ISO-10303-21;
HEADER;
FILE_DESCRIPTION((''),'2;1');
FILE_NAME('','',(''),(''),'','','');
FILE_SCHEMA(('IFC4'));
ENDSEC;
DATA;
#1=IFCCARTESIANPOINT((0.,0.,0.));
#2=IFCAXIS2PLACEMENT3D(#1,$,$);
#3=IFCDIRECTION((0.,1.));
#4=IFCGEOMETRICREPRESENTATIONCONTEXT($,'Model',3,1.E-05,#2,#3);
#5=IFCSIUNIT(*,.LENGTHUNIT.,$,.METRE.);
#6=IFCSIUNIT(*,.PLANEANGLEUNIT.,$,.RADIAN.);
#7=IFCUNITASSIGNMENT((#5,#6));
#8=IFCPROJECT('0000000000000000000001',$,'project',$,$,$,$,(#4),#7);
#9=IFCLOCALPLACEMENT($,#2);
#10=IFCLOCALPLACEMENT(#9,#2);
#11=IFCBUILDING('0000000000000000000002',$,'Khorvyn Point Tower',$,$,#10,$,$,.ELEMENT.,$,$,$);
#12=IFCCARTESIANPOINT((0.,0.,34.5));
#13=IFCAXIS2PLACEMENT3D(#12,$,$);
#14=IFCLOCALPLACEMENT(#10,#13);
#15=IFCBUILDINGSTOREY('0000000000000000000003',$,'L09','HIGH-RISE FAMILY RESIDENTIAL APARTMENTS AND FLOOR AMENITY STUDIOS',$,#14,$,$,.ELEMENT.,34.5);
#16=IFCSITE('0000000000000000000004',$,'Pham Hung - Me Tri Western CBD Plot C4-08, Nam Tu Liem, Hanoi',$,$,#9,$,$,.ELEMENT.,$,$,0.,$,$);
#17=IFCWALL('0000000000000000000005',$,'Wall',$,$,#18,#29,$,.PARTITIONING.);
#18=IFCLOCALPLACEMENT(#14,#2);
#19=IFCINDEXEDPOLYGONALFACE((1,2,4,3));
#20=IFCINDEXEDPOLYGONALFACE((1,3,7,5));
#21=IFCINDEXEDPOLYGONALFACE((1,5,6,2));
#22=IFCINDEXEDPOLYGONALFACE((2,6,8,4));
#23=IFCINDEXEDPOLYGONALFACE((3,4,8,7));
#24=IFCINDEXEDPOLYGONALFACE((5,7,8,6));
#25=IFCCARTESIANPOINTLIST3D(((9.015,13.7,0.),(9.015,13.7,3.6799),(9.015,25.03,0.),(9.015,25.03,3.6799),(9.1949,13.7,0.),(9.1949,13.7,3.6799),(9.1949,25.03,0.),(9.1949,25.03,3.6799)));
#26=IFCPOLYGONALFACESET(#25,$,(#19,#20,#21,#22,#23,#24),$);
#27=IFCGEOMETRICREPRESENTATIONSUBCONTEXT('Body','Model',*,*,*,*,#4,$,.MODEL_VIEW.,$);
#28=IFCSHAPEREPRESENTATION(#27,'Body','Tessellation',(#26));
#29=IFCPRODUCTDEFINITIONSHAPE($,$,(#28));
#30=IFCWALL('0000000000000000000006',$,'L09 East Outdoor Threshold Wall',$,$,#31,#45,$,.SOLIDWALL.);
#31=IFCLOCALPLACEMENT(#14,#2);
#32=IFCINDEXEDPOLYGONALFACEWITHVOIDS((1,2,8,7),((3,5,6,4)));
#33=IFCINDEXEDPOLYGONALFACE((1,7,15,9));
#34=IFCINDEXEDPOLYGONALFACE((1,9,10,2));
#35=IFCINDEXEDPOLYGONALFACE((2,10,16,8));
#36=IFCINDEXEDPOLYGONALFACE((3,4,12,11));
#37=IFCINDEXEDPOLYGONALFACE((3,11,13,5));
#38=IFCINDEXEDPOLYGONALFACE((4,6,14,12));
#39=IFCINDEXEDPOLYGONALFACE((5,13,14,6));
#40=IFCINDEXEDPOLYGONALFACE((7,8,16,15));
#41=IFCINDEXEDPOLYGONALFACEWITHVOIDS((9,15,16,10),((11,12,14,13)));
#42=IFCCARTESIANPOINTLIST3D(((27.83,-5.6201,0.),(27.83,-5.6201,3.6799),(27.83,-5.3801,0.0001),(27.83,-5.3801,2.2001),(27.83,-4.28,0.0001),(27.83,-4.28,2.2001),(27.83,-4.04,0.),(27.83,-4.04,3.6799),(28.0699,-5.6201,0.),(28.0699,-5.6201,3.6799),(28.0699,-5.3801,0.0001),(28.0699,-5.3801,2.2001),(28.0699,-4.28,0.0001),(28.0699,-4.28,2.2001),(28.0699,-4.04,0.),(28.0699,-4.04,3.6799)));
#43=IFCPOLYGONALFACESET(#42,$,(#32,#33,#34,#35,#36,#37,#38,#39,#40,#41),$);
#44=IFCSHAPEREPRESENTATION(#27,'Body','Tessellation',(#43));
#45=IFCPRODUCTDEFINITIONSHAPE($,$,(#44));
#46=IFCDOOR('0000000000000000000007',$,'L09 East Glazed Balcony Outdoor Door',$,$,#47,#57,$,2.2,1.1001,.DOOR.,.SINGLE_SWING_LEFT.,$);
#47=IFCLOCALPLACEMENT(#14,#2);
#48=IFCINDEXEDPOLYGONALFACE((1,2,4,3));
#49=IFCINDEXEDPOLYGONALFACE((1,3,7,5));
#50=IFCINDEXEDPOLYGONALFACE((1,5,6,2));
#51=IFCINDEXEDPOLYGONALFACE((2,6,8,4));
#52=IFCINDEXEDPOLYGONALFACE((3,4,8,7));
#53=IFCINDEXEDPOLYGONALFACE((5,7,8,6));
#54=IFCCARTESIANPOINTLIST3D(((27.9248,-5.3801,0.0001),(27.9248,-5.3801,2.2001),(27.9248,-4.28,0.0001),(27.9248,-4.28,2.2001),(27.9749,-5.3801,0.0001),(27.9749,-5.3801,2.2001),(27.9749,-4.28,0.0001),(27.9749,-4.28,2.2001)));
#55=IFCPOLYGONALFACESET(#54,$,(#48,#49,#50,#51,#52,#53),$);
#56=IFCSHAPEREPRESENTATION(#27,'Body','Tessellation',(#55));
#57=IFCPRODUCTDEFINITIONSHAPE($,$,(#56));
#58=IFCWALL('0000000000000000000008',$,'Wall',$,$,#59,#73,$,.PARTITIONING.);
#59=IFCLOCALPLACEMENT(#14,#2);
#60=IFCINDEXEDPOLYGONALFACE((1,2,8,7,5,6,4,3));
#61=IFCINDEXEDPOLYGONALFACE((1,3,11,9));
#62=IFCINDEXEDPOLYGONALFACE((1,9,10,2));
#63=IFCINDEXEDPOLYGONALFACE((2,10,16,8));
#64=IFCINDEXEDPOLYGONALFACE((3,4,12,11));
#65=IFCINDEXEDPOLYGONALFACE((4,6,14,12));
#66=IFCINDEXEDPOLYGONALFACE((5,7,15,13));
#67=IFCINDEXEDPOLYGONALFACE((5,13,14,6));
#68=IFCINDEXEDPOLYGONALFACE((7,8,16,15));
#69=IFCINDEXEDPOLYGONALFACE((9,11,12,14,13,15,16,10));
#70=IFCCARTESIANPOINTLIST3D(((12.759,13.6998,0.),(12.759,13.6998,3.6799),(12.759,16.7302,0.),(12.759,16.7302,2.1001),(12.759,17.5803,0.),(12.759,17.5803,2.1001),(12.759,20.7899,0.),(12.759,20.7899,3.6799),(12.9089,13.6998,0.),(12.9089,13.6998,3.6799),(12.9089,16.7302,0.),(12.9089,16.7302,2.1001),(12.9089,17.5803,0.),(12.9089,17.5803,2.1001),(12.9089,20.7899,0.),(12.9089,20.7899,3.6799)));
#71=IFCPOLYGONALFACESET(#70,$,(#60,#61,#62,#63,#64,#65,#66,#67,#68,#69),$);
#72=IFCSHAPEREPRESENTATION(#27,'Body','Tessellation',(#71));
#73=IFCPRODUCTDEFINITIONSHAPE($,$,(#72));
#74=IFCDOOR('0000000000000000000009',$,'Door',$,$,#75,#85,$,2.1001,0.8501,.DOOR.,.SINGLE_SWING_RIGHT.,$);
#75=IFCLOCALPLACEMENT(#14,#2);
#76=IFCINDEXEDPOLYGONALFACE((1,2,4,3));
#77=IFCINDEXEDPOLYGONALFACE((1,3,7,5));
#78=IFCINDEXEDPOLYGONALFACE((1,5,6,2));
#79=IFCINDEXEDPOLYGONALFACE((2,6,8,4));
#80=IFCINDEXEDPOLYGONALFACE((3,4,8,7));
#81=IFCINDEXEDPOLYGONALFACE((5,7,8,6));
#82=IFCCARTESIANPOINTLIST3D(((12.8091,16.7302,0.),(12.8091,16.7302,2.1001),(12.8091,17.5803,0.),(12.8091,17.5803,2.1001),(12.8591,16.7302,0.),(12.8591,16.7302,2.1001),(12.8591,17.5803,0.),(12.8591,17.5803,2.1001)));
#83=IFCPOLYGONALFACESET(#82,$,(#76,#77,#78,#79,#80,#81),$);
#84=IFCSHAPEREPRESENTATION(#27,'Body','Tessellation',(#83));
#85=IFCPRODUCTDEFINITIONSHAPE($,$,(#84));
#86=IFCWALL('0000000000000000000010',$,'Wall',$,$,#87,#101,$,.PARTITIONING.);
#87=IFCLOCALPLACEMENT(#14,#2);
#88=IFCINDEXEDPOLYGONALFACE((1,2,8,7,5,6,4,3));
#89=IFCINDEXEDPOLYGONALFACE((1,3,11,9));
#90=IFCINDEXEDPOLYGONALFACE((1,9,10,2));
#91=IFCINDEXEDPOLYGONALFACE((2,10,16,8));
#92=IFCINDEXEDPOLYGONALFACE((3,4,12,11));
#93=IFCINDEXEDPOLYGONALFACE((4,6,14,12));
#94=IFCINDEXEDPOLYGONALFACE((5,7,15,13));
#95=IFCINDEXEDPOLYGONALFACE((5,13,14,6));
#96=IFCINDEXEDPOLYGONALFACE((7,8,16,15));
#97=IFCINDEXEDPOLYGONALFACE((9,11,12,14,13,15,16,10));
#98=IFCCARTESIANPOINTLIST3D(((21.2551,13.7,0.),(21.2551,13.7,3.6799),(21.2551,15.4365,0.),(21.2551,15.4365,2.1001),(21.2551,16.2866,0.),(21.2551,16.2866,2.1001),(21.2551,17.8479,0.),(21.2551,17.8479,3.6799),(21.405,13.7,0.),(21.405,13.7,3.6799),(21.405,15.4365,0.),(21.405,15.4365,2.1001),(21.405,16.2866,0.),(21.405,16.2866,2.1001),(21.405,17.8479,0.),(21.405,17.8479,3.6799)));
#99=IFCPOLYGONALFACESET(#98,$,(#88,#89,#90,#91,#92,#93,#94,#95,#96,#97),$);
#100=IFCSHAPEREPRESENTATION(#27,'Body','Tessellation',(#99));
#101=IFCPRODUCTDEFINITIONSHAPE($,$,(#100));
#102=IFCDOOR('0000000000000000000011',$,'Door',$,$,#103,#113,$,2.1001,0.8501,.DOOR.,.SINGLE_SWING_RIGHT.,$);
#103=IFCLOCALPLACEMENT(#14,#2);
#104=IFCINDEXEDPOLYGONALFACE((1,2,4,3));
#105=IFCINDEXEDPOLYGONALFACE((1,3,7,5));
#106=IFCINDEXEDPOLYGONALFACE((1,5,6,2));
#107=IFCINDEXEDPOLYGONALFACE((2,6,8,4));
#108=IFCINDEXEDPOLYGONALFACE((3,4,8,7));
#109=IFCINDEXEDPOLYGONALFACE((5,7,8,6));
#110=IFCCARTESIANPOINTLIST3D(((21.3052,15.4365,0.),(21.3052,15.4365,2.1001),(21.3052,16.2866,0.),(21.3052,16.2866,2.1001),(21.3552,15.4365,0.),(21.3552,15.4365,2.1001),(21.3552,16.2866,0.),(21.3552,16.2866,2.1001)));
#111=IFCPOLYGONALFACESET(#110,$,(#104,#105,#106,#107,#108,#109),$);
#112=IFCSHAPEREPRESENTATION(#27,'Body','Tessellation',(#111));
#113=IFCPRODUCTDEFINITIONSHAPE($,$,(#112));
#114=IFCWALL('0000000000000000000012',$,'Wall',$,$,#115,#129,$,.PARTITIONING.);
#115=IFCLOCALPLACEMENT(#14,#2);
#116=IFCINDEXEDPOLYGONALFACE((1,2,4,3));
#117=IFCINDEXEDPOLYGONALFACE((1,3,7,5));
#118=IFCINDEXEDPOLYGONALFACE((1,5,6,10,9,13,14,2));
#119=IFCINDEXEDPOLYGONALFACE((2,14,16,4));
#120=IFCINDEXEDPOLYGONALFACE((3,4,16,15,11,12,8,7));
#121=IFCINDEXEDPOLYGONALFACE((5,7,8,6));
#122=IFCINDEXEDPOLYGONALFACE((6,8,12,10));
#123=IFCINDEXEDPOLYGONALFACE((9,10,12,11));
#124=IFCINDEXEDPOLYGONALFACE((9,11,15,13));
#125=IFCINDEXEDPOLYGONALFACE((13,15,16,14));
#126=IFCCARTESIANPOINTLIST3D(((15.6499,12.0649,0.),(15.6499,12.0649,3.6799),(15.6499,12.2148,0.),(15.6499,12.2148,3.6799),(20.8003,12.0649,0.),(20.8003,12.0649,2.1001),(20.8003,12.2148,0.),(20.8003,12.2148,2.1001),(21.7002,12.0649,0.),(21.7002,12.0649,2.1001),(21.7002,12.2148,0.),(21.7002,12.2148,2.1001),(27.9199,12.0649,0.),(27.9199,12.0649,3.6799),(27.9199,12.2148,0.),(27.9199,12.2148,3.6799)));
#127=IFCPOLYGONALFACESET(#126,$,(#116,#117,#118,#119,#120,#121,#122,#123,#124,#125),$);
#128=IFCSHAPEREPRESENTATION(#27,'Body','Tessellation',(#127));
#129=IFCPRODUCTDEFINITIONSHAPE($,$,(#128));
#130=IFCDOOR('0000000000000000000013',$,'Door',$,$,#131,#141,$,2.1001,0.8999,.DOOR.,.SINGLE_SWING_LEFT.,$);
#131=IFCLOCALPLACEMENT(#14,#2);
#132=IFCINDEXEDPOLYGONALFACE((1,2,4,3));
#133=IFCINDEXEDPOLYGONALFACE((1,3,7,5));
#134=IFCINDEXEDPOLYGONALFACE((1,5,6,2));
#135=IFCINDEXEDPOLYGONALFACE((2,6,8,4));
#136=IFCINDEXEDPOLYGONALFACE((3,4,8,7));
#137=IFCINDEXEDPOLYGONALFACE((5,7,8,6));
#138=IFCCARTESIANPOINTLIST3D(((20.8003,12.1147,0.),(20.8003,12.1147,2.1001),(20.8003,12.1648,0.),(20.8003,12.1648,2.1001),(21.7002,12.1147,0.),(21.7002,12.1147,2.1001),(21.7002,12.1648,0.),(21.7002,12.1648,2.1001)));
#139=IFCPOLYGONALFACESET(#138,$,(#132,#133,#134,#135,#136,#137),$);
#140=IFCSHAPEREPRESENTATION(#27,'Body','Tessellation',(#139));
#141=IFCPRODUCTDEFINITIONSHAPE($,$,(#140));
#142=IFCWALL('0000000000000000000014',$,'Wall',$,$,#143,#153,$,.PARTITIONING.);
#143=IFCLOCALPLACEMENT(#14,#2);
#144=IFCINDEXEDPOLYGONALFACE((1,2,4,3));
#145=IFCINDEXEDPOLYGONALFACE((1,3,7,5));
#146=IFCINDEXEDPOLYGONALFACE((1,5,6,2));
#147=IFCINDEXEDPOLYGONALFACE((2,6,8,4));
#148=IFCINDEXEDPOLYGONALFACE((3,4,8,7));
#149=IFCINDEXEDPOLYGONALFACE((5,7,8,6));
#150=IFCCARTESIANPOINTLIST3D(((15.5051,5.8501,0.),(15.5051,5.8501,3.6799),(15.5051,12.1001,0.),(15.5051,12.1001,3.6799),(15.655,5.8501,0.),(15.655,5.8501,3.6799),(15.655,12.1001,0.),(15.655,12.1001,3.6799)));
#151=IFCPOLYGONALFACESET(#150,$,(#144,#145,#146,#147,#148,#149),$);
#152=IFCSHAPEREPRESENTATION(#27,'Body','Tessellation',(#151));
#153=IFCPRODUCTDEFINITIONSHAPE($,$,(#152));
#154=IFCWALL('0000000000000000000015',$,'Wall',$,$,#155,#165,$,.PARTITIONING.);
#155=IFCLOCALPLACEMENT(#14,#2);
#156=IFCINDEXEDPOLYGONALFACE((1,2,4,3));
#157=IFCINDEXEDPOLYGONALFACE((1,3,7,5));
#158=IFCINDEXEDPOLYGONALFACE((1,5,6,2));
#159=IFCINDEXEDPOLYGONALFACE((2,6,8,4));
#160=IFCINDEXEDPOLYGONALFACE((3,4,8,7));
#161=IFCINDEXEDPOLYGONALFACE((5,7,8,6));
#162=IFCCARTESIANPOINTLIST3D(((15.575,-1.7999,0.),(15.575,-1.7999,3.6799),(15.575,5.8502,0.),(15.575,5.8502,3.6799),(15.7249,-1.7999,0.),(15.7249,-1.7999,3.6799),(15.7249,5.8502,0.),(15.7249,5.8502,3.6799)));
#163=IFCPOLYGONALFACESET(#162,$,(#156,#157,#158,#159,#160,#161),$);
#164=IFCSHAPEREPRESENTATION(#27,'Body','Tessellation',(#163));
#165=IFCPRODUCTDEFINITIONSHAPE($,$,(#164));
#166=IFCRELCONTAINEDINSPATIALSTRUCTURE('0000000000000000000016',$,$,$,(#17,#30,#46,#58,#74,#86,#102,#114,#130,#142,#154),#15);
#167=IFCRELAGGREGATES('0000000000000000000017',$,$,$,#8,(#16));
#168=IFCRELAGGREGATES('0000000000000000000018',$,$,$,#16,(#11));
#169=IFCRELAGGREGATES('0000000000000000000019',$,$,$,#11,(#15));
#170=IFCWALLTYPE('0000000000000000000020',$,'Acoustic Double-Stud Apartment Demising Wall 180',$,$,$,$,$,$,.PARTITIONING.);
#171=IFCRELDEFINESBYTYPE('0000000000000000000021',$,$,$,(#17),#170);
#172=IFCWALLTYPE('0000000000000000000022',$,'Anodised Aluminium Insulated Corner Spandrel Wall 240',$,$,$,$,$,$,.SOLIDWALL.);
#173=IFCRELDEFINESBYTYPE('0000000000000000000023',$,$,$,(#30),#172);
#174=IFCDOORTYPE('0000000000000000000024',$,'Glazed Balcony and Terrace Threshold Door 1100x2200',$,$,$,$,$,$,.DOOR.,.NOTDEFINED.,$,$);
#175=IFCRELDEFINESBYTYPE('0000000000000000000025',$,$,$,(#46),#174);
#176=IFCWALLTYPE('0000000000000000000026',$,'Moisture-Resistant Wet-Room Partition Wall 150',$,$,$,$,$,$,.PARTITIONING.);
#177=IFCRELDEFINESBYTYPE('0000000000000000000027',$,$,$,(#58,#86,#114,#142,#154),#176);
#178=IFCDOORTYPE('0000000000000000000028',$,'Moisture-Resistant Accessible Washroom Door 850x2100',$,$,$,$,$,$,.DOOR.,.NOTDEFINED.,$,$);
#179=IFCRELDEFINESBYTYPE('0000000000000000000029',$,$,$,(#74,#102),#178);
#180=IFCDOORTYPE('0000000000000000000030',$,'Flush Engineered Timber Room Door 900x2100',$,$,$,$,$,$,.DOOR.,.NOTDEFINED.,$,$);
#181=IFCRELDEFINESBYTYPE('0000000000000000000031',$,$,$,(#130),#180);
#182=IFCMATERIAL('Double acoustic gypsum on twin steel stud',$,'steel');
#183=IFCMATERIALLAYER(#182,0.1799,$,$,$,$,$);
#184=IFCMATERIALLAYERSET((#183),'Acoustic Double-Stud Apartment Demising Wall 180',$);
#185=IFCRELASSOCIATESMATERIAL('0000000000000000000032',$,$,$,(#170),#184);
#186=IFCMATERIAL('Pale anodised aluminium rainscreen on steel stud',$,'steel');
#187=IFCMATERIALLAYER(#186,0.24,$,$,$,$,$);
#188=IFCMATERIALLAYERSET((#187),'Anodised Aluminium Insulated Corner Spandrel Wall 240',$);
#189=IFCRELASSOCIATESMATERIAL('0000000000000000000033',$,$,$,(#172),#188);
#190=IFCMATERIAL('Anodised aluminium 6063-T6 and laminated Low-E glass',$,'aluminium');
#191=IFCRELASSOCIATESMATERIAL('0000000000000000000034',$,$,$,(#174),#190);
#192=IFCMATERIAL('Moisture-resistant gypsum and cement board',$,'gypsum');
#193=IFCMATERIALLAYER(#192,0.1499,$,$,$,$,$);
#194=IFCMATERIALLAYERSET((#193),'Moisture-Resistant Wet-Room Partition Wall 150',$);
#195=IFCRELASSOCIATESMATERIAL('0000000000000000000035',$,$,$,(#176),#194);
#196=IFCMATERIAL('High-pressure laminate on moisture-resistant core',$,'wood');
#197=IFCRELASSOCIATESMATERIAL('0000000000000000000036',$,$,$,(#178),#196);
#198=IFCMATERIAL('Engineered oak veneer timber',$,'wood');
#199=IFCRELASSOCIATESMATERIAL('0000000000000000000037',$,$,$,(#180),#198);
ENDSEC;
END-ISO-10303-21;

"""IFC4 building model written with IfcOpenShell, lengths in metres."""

from ifc_helpers import new_model, si_unit, direction, frame, frame_2d, origin, place, context, subcontext, project, spatial, rectangle, extrude, material, layer, layer_set, type_object, element, fill, save


model = new_model("IFC4")

# Units and contexts
model_context = context("Model", 3, precision=1e-05, world=origin(), true_north=direction((0.0, 1.0)))
body_context = subcontext(model_context, "Body", "Model", "MODEL_VIEW")
ifc_project = project(units=[si_unit("LENGTHUNIT", "METRE"), si_unit("PLANEANGLEUNIT", "RADIAN")], contexts=[model_context])

# Site, building, storey
site_placement = place(None, origin())
site = spatial("IfcSite", under=ifc_project, at=site_placement, Name="Pham Hung - Me Tri Western CBD Plot C4-08, Nam Tu Liem, Hanoi", CompositionType="ELEMENT", RefElevation=0.0)
building_placement = place(site_placement, origin())
building = spatial("IfcBuilding", under=site, at=building_placement, Name="Khorvyn Point Tower", CompositionType="ELEMENT")
storey_placement = place(building_placement, frame((0.0, 0.0, 34.5)))
storey = spatial("IfcBuildingStorey", under=building, at=storey_placement, Name="L09", Description="HIGH-RISE FAMILY RESIDENTIAL APARTMENTS AND FLOOR AMENITY STUDIOS", CompositionType="ELEMENT", Elevation=34.5)

# Shared definitions
ifc_material_1 = material(Name="Anodised aluminium 6063-T6 and laminated Low-E glass", Category="aluminium")

# Shared definitions
ifc_material_2 = material(Name="Double acoustic gypsum on twin steel stud", Category="steel")
ifc_layer_1 = layer(ifc_material_2, 0.1799)
ifc_layer_set_1 = layer_set([ifc_layer_1], Name="Acoustic Double-Stud Apartment Demising Wall 180")
wall_type_1 = type_object("IfcWallType", Name="Acoustic Double-Stud Apartment Demising Wall 180", PredefinedType="PARTITIONING", material=ifc_layer_set_1)

# Wall
wall_1_placement = place(storey_placement, frame((9.105, 13.7, 0.0), z_axis=(0.0, 0.0, 1.0), x_axis=(0.0, 1.0, 0.0)))
element("IfcWall", 1, at=wall_1_placement, inside=storey, type_object=wall_type_1, Name="Wall", PredefinedType="PARTITIONING", context=body_context, shape_type="SweptSolid", body=[
    extrude(rectangle(XDim=11.3301, YDim=0.1799, at=frame_2d((5.665, 0.0))), origin(), (0.0, 0.0, 1.0), 3.6799),
])

# Walls, openings, doors
ifc_material_3 = material(Name="Pale anodised aluminium rainscreen on steel stud", Category="steel")
ifc_layer_2 = layer(ifc_material_3, 0.24)
ifc_layer_set_2 = layer_set([ifc_layer_2], Name="Anodised Aluminium Insulated Corner Spandrel Wall 240")
wall_type_2 = type_object("IfcWallType", Name="Anodised Aluminium Insulated Corner Spandrel Wall 240", PredefinedType="SOLIDWALL", material=ifc_layer_set_2)
wall_2_placement = place(storey_placement, frame((27.95, -4.04, 0.0), z_axis=(0.0, 0.0, 1.0), x_axis=(0.0, -1.0, 0.0)))
wall_2 = element("IfcWall", 2, at=wall_2_placement, inside=storey, type_object=wall_type_2, Name="L09 East Outdoor Threshold Wall", PredefinedType="SOLIDWALL", context=body_context, shape_type="SweptSolid", body=[
    extrude(rectangle(XDim=1.5801, YDim=0.24, at=frame_2d((0.79, 0.0))), origin(), (0.0, 0.0, 1.0), 3.6799),
])
opening_1_placement = place(wall_2_placement, frame((0.24, 0.0, 0.0)))
opening_1 = element("IfcOpeningElement", 3, at=opening_1_placement, cuts=wall_2, PredefinedType="OPENING", context=body_context, shape_type="SweptSolid", body=[
    extrude(rectangle(XDim=1.1001, YDim=2.2, at=frame_2d((0.55, 1.1001))), frame((0.0, 0.1299, 0.0), z_axis=(0.0, -1.0, 0.0), x_axis=(1.0, 0.0, 0.0)), (0.0, 0.0, 1.0), 0.26),
])
door_type_1 = type_object("IfcDoorType", Name="Glazed Balcony and Terrace Threshold Door 1100x2200", OperationType="NOTDEFINED", PredefinedType="DOOR", material=ifc_material_1)
door_1_placement = place(opening_1_placement, origin())
door_1 = element("IfcDoor", 4, at=door_1_placement, inside=storey, type_object=door_type_1, Name="L09 East Glazed Balcony Outdoor Door", OperationType="SINGLE_SWING_LEFT", OverallHeight=2.2, OverallWidth=1.1001, PredefinedType="DOOR", context=body_context, shape_type="SweptSolid", body=[
    extrude(rectangle(XDim=1.1001, YDim=2.2, at=frame_2d((0.55, 1.1001))), frame((0.0, 0.0249, 0.0), z_axis=(0.0, -1.0, 0.0), x_axis=(1.0, 0.0, 0.0)), (0.0, 0.0, 1.0), 0.05),
])
fill(opening_1, door_1)
ifc_material_4 = material(Name="Moisture-resistant gypsum and cement board", Category="gypsum")
ifc_layer_3 = layer(ifc_material_4, 0.1499)
ifc_layer_set_3 = layer_set([ifc_layer_3], Name="Moisture-Resistant Wet-Room Partition Wall 150")
wall_type_3 = type_object("IfcWallType", Name="Moisture-Resistant Wet-Room Partition Wall 150", PredefinedType="PARTITIONING", material=ifc_layer_set_3)
wall_3_placement = place(storey_placement, frame((12.834, 13.7, 0.0), z_axis=(0.0, 0.0, 1.0), x_axis=(0.0, 1.0, 0.0)))
wall_3 = element("IfcWall", 5, at=wall_3_placement, inside=storey, type_object=wall_type_3, Name="Wall", PredefinedType="PARTITIONING", context=body_context, shape_type="SweptSolid", body=[
    extrude(rectangle(XDim=7.0901, YDim=0.1499, at=frame_2d((3.5449, 0.0))), origin(), (0.0, 0.0, 1.0), 3.6799),
])
opening_2_placement = place(wall_3_placement, frame((3.0303, 0.0, 0.0)))
opening_2 = element("IfcOpeningElement", 6, at=opening_2_placement, cuts=wall_3, PredefinedType="OPENING", context=body_context, shape_type="SweptSolid", body=[
    extrude(rectangle(XDim=0.8501, YDim=2.1001, at=frame_2d((0.425, 1.05))), frame((0.0, 0.085, 0.0), z_axis=(0.0, -1.0, 0.0), x_axis=(1.0, 0.0, 0.0)), (0.0, 0.0, 1.0), 0.1699),
])
ifc_material_5 = material(Name="High-pressure laminate on moisture-resistant core", Category="wood")
door_type_2 = type_object("IfcDoorType", Name="Moisture-Resistant Accessible Washroom Door 850x2100", OperationType="NOTDEFINED", PredefinedType="DOOR", material=ifc_material_5)
door_2_placement = place(opening_2_placement, origin())
door_2 = element("IfcDoor", 7, at=door_2_placement, inside=storey, type_object=door_type_2, Name="Door", OperationType="SINGLE_SWING_RIGHT", OverallHeight=2.1001, OverallWidth=0.8501, PredefinedType="DOOR", context=body_context, shape_type="SweptSolid", body=[
    extrude(rectangle(XDim=0.8501, YDim=2.1001, at=frame_2d((0.425, 1.05))), frame((0.0, 0.0249, 0.0), z_axis=(0.0, -1.0, 0.0), x_axis=(1.0, 0.0, 0.0)), (0.0, 0.0, 1.0), 0.05),
])
fill(opening_2, door_2)
wall_4_placement = place(storey_placement, frame((21.3301, 13.7, 0.0), z_axis=(0.0, 0.0, 1.0), x_axis=(0.0, 1.0, 0.0)))
wall_4 = element("IfcWall", 8, at=wall_4_placement, inside=storey, type_object=wall_type_3, Name="Wall", PredefinedType="PARTITIONING", context=body_context, shape_type="SweptSolid", body=[
    extrude(rectangle(XDim=4.1479, YDim=0.1499, at=frame_2d((2.074, 0.0))), origin(), (0.0, 0.0, 1.0), 3.6799),
])
opening_3_placement = place(wall_4_placement, frame((1.7366, 0.0, 0.0)))
opening_3 = element("IfcOpeningElement", 9, at=opening_3_placement, cuts=wall_4, PredefinedType="OPENING", context=body_context, shape_type="SweptSolid", body=[
    extrude(rectangle(XDim=0.8501, YDim=2.1001, at=frame_2d((0.425, 1.05))), frame((0.0, 0.085, 0.0), z_axis=(0.0, -1.0, 0.0), x_axis=(1.0, 0.0, 0.0)), (0.0, 0.0, 1.0), 0.1699),
])
door_3_placement = place(opening_3_placement, origin())
door_3 = element("IfcDoor", 10, at=door_3_placement, inside=storey, type_object=door_type_2, Name="Door", OperationType="SINGLE_SWING_RIGHT", OverallHeight=2.1001, OverallWidth=0.8501, PredefinedType="DOOR", context=body_context, shape_type="SweptSolid", body=[
    extrude(rectangle(XDim=0.8501, YDim=2.1001, at=frame_2d((0.425, 1.05))), frame((0.0, 0.0249, 0.0), z_axis=(0.0, -1.0, 0.0), x_axis=(1.0, 0.0, 0.0)), (0.0, 0.0, 1.0), 0.05),
])
fill(opening_3, door_3)
wall_5_placement = place(storey_placement, frame((15.6499, 12.1399, 0.0), z_axis=(0.0, 0.0, 1.0), x_axis=(1.0, 0.0, 0.0)))
wall_5 = element("IfcWall", 11, at=wall_5_placement, inside=storey, type_object=wall_type_3, Name="Wall", PredefinedType="PARTITIONING", context=body_context, shape_type="SweptSolid", body=[
    extrude(rectangle(XDim=12.27, YDim=0.1499, at=frame_2d((6.135, 0.0))), origin(), (0.0, 0.0, 1.0), 3.6799),
])
opening_4_placement = place(wall_5_placement, frame((5.1504, 0.0, 0.0)))
opening_4 = element("IfcOpeningElement", 12, at=opening_4_placement, cuts=wall_5, PredefinedType="OPENING", context=body_context, shape_type="SweptSolid", body=[
    extrude(rectangle(XDim=0.8999, YDim=2.1001, at=frame_2d((0.45, 1.05))), frame((0.0, 0.085, 0.0), z_axis=(0.0, -1.0, 0.0), x_axis=(1.0, 0.0, 0.0)), (0.0, 0.0, 1.0), 0.1699),
])
ifc_material_6 = material(Name="Engineered oak veneer timber", Category="wood")
door_type_3 = type_object("IfcDoorType", Name="Flush Engineered Timber Room Door 900x2100", OperationType="NOTDEFINED", PredefinedType="DOOR", material=ifc_material_6)
door_4_placement = place(opening_4_placement, origin())
door_4 = element("IfcDoor", 13, at=door_4_placement, inside=storey, type_object=door_type_3, Name="Door", OperationType="SINGLE_SWING_LEFT", OverallHeight=2.1001, OverallWidth=0.8999, PredefinedType="DOOR", context=body_context, shape_type="SweptSolid", body=[
    extrude(rectangle(XDim=0.8999, YDim=2.1001, at=frame_2d((0.45, 1.05))), frame((0.0, 0.0249, 0.0), z_axis=(0.0, -1.0, 0.0), x_axis=(1.0, 0.0, 0.0)), (0.0, 0.0, 1.0), 0.05),
])
fill(opening_4, door_4)

# Walls
wall_6_placement = place(storey_placement, frame((15.5801, 5.8501, 0.0), z_axis=(0.0, 0.0, 1.0), x_axis=(0.0, 1.0, 0.0)))
element("IfcWall", 14, at=wall_6_placement, inside=storey, type_object=wall_type_3, Name="Wall", PredefinedType="PARTITIONING", context=body_context, shape_type="SweptSolid", body=[
    extrude(rectangle(XDim=6.25, YDim=0.1499, at=frame_2d((3.125, 0.0))), origin(), (0.0, 0.0, 1.0), 3.6799),
])
wall_7_placement = place(storey_placement, frame((15.6499, -1.8, 0.0), z_axis=(0.0, 0.0, 1.0), x_axis=(0.0, 1.0, 0.0)))
element("IfcWall", 15, at=wall_7_placement, inside=storey, type_object=wall_type_3, Name="Wall", PredefinedType="PARTITIONING", context=body_context, shape_type="SweptSolid", body=[
    extrude(rectangle(XDim=7.6501, YDim=0.1499, at=frame_2d((3.8252, 0.0))), origin(), (0.0, 0.0, 1.0), 3.6799),
])

save(model, "model.ifc")
